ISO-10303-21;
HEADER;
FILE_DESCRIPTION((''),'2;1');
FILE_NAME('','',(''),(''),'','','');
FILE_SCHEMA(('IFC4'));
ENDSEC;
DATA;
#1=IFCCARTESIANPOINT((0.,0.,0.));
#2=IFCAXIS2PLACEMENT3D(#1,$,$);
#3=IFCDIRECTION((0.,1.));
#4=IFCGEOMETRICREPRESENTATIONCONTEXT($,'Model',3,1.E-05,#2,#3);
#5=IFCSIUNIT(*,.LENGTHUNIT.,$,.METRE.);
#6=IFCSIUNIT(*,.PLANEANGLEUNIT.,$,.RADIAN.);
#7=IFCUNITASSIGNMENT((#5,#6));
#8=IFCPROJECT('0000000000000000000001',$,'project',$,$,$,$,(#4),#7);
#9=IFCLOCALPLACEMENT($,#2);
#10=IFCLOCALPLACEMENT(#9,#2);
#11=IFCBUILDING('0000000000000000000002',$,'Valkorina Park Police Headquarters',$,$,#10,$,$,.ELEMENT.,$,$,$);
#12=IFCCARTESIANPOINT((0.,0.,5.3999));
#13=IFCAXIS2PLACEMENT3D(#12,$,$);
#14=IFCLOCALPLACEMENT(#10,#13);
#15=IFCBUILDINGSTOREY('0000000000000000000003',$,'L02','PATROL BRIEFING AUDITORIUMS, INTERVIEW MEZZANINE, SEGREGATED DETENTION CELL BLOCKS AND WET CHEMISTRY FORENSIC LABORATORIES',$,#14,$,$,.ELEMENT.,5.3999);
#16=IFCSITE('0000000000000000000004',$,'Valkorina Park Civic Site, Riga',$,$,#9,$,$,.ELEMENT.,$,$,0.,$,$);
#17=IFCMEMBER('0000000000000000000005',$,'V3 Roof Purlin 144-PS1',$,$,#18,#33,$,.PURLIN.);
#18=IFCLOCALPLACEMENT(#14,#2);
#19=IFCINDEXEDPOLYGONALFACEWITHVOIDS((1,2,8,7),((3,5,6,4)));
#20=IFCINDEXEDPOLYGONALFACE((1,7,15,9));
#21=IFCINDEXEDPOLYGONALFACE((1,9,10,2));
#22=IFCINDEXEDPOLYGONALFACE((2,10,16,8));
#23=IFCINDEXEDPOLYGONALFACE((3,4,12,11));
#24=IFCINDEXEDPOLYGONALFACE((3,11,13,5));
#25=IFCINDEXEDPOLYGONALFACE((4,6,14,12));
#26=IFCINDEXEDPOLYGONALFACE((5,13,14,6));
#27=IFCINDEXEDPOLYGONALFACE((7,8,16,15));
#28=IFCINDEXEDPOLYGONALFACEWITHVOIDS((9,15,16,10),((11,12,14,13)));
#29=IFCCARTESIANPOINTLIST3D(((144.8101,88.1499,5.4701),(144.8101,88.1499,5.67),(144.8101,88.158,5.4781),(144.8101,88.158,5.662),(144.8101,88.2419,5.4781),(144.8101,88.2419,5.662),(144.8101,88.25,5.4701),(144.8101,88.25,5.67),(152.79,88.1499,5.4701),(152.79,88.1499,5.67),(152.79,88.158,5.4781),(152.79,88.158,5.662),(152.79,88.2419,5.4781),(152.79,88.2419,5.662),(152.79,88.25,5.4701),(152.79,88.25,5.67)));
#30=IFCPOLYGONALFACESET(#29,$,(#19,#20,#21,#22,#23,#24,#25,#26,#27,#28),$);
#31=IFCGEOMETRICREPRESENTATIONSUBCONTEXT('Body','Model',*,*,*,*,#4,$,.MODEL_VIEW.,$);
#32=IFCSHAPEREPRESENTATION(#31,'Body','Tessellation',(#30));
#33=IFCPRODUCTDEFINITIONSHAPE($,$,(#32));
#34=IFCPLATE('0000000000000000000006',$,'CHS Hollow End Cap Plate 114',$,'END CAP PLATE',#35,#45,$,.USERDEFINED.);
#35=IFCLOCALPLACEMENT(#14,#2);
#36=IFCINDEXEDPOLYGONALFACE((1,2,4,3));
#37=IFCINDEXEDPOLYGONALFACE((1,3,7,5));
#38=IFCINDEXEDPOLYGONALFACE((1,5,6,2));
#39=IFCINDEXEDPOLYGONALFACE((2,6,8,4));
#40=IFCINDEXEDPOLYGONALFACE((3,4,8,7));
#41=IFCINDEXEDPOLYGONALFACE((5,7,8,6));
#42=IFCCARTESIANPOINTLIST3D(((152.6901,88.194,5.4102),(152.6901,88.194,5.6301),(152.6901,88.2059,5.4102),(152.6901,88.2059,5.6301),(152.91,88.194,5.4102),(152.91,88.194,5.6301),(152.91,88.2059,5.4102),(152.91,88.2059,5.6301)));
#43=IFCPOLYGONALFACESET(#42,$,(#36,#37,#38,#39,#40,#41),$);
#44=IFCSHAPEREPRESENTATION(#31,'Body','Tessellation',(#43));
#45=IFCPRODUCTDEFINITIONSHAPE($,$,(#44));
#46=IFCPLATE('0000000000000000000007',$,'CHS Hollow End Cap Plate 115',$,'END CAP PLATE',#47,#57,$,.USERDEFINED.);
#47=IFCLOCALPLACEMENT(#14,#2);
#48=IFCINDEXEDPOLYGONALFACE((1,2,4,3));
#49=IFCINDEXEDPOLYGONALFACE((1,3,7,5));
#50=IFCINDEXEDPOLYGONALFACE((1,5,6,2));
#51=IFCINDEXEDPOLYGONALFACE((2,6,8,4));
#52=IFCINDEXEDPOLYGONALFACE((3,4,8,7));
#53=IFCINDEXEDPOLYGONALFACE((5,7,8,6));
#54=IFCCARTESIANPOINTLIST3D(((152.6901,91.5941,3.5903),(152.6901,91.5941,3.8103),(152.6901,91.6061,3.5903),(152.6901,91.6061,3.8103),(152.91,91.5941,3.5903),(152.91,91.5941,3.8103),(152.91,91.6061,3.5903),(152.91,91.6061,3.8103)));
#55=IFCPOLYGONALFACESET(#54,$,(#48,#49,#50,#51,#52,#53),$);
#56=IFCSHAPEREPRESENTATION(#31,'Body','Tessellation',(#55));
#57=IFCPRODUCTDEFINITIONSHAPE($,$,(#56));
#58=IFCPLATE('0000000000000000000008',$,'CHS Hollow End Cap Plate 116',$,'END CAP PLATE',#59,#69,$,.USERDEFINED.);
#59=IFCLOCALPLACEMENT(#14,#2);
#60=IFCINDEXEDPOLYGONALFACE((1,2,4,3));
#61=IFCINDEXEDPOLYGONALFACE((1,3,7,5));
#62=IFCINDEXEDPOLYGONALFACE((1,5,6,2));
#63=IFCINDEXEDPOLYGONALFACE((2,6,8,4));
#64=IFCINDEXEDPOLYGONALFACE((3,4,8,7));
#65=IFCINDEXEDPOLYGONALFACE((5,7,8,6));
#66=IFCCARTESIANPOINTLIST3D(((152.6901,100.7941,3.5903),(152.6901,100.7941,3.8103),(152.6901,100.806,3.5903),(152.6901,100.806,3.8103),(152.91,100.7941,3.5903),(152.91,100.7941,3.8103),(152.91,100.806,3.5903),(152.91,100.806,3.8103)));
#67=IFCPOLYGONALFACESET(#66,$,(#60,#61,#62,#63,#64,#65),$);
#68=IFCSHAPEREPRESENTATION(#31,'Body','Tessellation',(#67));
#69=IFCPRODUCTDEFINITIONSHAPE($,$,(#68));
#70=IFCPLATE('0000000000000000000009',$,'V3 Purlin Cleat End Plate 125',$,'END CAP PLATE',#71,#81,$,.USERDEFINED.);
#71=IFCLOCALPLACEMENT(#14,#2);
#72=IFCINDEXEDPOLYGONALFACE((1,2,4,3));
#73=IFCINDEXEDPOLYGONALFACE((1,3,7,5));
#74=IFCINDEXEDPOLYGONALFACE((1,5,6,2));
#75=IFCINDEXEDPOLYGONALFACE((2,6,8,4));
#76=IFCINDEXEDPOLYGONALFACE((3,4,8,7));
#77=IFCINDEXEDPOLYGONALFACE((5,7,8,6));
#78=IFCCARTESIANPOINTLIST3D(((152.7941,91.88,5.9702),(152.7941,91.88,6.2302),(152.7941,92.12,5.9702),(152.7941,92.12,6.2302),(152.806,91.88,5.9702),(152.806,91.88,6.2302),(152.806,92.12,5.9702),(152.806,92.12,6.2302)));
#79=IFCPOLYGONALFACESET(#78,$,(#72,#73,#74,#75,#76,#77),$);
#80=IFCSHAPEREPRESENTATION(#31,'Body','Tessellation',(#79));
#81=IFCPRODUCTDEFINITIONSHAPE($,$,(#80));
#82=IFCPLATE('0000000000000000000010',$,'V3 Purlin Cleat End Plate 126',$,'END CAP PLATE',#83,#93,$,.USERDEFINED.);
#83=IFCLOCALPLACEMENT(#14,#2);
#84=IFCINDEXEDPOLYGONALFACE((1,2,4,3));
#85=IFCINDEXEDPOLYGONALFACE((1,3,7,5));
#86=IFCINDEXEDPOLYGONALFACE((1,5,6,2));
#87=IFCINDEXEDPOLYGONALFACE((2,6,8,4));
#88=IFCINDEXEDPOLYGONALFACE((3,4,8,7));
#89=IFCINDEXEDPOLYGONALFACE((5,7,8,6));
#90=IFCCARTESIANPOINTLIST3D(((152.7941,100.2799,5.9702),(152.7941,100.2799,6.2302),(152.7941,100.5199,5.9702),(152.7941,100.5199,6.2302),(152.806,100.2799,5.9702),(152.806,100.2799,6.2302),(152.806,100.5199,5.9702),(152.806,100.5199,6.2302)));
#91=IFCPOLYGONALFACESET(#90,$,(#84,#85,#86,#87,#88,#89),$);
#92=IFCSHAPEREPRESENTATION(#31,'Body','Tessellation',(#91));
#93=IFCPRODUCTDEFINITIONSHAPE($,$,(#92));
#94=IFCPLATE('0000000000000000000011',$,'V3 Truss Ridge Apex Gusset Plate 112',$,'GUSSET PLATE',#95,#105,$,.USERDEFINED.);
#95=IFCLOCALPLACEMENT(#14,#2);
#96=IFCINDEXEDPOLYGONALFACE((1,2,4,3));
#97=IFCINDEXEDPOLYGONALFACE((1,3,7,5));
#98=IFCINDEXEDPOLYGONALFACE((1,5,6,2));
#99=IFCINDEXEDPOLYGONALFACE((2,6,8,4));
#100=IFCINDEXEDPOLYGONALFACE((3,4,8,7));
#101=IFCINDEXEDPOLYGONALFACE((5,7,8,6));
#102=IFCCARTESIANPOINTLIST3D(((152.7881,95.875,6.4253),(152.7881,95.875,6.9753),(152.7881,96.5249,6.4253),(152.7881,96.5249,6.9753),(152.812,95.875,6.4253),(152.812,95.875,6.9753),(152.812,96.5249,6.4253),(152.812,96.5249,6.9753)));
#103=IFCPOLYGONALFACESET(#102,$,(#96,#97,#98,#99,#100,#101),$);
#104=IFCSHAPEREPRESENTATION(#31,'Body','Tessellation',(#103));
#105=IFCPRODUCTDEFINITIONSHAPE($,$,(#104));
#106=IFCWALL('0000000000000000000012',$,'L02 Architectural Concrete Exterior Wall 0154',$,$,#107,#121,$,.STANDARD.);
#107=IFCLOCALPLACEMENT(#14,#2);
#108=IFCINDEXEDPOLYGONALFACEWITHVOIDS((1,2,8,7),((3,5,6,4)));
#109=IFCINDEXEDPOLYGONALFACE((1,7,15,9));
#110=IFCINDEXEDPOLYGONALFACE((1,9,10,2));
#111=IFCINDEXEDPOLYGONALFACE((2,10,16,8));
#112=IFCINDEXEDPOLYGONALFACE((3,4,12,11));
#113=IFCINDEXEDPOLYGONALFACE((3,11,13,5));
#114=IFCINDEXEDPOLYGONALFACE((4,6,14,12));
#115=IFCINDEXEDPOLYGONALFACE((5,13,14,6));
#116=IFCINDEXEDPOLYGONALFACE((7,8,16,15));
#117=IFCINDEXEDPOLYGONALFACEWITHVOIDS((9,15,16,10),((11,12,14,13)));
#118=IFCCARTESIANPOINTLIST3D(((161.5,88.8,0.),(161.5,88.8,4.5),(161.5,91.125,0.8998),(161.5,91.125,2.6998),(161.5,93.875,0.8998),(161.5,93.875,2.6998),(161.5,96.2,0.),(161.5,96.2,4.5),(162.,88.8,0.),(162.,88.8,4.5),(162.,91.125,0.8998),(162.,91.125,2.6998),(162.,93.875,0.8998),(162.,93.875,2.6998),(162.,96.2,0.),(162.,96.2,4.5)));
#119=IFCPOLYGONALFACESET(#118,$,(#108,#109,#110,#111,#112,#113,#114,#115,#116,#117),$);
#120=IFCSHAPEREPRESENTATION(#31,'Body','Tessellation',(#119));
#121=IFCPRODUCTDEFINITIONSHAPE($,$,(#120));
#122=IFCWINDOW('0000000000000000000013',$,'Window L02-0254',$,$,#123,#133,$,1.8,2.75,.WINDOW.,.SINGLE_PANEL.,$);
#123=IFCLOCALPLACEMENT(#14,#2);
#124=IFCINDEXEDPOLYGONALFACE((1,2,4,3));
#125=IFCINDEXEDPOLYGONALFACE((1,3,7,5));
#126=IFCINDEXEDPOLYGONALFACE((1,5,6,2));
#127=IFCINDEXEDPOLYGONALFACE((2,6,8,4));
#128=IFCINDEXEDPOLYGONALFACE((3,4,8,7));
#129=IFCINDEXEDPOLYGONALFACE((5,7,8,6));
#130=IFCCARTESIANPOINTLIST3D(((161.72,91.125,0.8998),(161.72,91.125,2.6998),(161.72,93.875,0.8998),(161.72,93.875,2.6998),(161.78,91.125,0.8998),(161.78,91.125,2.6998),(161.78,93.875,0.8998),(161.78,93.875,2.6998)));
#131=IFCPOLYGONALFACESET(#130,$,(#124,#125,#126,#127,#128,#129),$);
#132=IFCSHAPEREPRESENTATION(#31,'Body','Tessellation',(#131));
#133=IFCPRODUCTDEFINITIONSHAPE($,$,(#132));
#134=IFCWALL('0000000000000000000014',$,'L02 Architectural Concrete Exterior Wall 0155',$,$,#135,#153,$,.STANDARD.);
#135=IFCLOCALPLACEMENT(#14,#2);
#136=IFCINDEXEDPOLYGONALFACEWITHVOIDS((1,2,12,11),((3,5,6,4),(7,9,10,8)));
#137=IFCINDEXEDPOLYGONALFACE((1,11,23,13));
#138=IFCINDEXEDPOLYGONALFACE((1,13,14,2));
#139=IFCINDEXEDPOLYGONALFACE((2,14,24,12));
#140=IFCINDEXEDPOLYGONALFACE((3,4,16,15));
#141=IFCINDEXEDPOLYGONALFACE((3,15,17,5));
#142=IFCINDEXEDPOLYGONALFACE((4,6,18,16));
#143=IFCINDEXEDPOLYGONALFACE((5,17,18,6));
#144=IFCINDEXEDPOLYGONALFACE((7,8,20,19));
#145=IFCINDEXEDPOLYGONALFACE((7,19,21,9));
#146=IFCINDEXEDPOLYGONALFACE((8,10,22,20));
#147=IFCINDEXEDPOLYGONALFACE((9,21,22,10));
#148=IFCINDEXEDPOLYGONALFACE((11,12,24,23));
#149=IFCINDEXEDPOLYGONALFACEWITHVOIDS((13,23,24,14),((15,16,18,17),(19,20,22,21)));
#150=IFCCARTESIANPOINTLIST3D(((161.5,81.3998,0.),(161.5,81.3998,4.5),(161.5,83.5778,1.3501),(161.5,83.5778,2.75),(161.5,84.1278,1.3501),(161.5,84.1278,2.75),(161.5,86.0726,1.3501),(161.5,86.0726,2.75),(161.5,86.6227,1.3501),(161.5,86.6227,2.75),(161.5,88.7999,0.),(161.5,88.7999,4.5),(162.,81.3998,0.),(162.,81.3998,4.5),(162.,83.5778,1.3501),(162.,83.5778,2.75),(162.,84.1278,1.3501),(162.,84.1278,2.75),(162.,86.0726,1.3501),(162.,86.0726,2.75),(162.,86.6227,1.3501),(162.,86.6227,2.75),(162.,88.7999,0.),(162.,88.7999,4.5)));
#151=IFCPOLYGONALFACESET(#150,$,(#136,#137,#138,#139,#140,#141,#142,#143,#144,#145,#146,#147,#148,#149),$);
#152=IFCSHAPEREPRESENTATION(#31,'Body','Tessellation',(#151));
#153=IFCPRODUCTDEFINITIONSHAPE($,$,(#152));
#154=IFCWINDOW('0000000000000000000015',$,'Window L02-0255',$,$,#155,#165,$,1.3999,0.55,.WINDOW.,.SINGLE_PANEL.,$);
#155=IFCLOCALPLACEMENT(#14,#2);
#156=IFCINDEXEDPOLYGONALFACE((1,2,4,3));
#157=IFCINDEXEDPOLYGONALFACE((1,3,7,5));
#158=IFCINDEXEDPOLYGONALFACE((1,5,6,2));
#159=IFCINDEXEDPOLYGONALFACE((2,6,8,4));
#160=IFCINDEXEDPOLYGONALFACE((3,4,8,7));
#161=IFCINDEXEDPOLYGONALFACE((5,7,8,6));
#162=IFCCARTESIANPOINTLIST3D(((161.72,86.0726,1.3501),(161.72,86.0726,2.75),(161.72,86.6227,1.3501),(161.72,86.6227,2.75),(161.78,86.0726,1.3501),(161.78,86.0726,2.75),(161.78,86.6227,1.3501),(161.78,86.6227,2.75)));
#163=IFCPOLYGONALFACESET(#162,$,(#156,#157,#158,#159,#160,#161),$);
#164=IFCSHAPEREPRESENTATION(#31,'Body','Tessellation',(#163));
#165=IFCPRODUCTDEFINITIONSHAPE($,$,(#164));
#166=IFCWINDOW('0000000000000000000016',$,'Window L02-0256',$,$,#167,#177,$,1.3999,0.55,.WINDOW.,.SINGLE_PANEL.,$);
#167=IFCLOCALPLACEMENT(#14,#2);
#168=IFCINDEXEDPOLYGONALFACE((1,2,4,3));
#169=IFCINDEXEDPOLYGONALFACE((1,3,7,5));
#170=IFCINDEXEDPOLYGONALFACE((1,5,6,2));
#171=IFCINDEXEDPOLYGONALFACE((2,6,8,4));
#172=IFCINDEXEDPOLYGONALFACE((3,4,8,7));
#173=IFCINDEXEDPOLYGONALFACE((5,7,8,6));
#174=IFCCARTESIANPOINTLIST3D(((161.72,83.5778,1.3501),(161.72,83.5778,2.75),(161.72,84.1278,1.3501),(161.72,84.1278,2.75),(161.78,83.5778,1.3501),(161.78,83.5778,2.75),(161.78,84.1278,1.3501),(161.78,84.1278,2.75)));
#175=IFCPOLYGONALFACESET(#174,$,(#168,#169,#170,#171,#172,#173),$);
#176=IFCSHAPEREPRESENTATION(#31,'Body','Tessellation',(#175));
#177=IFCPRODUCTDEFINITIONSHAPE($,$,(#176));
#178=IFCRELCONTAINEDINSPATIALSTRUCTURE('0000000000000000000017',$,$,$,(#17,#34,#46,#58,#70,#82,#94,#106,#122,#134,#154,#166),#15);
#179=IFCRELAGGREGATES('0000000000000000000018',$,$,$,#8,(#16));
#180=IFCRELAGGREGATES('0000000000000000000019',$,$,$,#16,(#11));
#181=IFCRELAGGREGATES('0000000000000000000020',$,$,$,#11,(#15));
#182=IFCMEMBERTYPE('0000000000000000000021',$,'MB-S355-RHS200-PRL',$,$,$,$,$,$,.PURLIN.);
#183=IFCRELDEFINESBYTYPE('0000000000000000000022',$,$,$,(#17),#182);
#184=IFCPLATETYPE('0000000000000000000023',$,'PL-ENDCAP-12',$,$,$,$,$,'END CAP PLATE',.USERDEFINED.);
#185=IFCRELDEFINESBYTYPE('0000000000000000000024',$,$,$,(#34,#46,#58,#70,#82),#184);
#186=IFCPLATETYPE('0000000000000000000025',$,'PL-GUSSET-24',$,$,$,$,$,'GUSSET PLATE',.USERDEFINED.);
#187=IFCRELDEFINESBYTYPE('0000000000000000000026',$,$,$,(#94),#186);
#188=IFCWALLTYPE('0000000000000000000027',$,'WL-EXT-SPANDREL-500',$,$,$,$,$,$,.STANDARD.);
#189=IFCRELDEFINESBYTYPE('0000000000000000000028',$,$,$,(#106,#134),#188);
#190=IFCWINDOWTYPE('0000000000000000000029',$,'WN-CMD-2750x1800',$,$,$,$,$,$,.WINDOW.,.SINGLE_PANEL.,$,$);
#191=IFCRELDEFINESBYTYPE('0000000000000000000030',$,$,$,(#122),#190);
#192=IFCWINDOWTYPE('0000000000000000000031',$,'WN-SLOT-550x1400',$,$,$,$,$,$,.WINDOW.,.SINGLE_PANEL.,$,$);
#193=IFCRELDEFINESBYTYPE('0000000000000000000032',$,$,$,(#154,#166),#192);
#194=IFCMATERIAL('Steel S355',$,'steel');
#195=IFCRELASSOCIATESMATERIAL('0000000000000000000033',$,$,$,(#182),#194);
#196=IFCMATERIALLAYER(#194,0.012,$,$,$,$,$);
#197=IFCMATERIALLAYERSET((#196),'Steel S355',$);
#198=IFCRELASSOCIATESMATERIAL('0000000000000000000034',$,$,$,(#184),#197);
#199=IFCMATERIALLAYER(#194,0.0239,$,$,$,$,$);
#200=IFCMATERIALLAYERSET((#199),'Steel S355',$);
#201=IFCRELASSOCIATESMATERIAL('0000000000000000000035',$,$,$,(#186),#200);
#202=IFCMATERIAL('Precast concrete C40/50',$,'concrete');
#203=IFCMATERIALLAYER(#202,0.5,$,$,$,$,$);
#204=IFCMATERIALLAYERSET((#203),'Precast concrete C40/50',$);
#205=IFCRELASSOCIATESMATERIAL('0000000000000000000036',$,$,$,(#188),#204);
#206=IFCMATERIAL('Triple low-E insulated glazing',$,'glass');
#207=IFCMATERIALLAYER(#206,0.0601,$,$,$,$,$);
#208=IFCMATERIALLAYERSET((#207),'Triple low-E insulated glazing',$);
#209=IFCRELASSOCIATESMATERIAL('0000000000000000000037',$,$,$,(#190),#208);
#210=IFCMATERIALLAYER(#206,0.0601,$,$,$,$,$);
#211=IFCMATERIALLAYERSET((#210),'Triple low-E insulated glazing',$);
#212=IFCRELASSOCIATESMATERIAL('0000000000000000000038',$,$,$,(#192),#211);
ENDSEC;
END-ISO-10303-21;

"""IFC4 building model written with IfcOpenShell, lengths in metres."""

from ifc_helpers import new_model, si_unit, direction, frame, frame_2d, origin, origin_2d, place, context, subcontext, project, spatial, rectangle, hollow_rectangle, extrude, material, layer, layer_set, material_profile, profile_set, type_object, element, fill, save


model = new_model("IFC4")

# Units and contexts
model_context = context("Model", 3, precision=1e-05, world=origin(), true_north=direction((0.0, 1.0)))
body_context = subcontext(model_context, "Body", "Model", "MODEL_VIEW")
ifc_project = project(units=[si_unit("LENGTHUNIT", "METRE"), si_unit("PLANEANGLEUNIT", "RADIAN")], contexts=[model_context])

# Site, building, storey
site_placement = place(None, origin())
site = spatial("IfcSite", under=ifc_project, at=site_placement, Name="Valkorina Park Civic Site, Riga", CompositionType="ELEMENT", RefElevation=0.0)
building_placement = place(site_placement, origin())
building = spatial("IfcBuilding", under=site, at=building_placement, Name="Valkorina Park Police Headquarters", CompositionType="ELEMENT")
storey_placement = place(building_placement, frame((0.0, 0.0, 5.3999)))
storey = spatial("IfcBuildingStorey", under=building, at=storey_placement, Name="L02", Description="PATROL BRIEFING AUDITORIUMS, INTERVIEW MEZZANINE, SEGREGATED DETENTION CELL BLOCKS AND WET CHEMISTRY FORENSIC LABORATORIES", CompositionType="ELEMENT", Elevation=5.3999)

# Member
ifc_material_1 = material(Name="Steel S355", Category="steel")
ifc_material_profile_1 = material_profile(ifc_material_1, hollow_rectangle(XDim=0.1001, YDim=0.2, WallThickness=0.0081, at=origin_2d()), Name="RHS 200x100x8")
ifc_profile_set_1 = profile_set([ifc_material_profile_1], Name="Steel S355")
member_type_1 = type_object("IfcMemberType", Name="MB-S355-RHS200-PRL", PredefinedType="PURLIN", material=ifc_profile_set_1)
member_1_placement = place(storey_placement, frame((144.8101, 88.2, 5.5701), z_axis=(1.0, 0.0, 0.0), x_axis=(0.0, 1.0, 0.0)))
element("IfcMember", 1, at=member_1_placement, inside=storey, type_object=member_type_1, Name="V3 Roof Purlin 144-PS1", PredefinedType="PURLIN", context=body_context, shape_type="SweptSolid", body=[
    extrude(hollow_rectangle(XDim=0.1001, YDim=0.2, WallThickness=0.0081, at=origin_2d()), origin(), (0.0, 0.0, 1.0), 7.98),
])

# Plates
ifc_layer_1 = layer(ifc_material_1, 0.012)
ifc_layer_set_1 = layer_set([ifc_layer_1], Name="Steel S355")
plate_type_1 = type_object("IfcPlateType", Name="PL-ENDCAP-12", ElementType="END CAP PLATE", PredefinedType="USERDEFINED", material=ifc_layer_set_1)
for number, where, z_axis, x_axis, name in (
    (2, (152.8, 88.2, 5.4102), (0.0, 0.0, 1.0), (1.0, 0.0, 0.0), "CHS Hollow End Cap Plate 114"),
    (3, (152.8, 91.6001, 3.5903), (0.0, 0.0, 1.0), (1.0, 0.0, 0.0), "CHS Hollow End Cap Plate 115"),
    (4, (152.8, 100.8, 3.5903), (0.0, 0.0, 1.0), (1.0, 0.0, 0.0), "CHS Hollow End Cap Plate 116"),
):
    element("IfcPlate", number, at=place(storey_placement, frame(where, z_axis=z_axis, x_axis=x_axis)), inside=storey, type_object=plate_type_1, Name=name, ObjectType="END CAP PLATE", PredefinedType="USERDEFINED", context=body_context, shape_type="SweptSolid", body=[
        extrude(rectangle(XDim=0.22, YDim=0.012, at=origin_2d()), origin(), (0.0, 0.0, 1.0), 0.22),
    ])
for number, where, z_axis, x_axis, name in (
    (5, (152.8, 92.0, 5.9702), (0.0, 0.0, 1.0), (1.0, 0.0, 0.0), "V3 Purlin Cleat End Plate 125"),
    (6, (152.8, 100.3999, 5.9702), (0.0, 0.0, 1.0), (1.0, 0.0, 0.0), "V3 Purlin Cleat End Plate 126"),
):
    element("IfcPlate", number, at=place(storey_placement, frame(where, z_axis=z_axis, x_axis=x_axis)), inside=storey, type_object=plate_type_1, Name=name, ObjectType="END CAP PLATE", PredefinedType="USERDEFINED", context=body_context, shape_type="SweptSolid", body=[
        extrude(rectangle(XDim=0.012, YDim=0.24, at=origin_2d()), origin(), (0.0, 0.0, 1.0), 0.26),
    ])
ifc_layer_2 = layer(ifc_material_1, 0.0239)
ifc_layer_set_2 = layer_set([ifc_layer_2], Name="Steel S355")
plate_type_2 = type_object("IfcPlateType", Name="PL-GUSSET-24", ElementType="GUSSET PLATE", PredefinedType="USERDEFINED", material=ifc_layer_set_2)
plate_placement = place(storey_placement, frame((152.8, 96.2, 6.4253), z_axis=(0.0, 0.0, 1.0), x_axis=(1.0, 0.0, 0.0)))
element("IfcPlate", 7, at=plate_placement, inside=storey, type_object=plate_type_2, Name="V3 Truss Ridge Apex Gusset Plate 112", ObjectType="GUSSET PLATE", PredefinedType="USERDEFINED", context=body_context, shape_type="SweptSolid", body=[
    extrude(rectangle(XDim=0.0239, YDim=0.6499, at=origin_2d()), origin(), (0.0, 0.0, 1.0), 0.55),
])

# Wall, opening, window
ifc_material_2 = material(Name="Precast concrete C40/50", Category="concrete")
ifc_layer_3 = layer(ifc_material_2, 0.5)
ifc_layer_set_3 = layer_set([ifc_layer_3], Name="Precast concrete C40/50")
wall_type = type_object("IfcWallType", Name="WL-EXT-SPANDREL-500", PredefinedType="STANDARD", material=ifc_layer_set_3)
wall_1_placement = place(storey_placement, frame((161.75, 96.2, 0.0), z_axis=(0.0, 0.0, 1.0), x_axis=(0.0, -1.0, 0.0)))
wall_1 = element("IfcWall", 8, at=wall_1_placement, inside=storey, type_object=wall_type, Name="L02 Architectural Concrete Exterior Wall 0154", PredefinedType="STANDARD", context=body_context, shape_type="SweptSolid", body=[
    extrude(rectangle(XDim=7.3999, YDim=0.5, at=frame_2d((3.7, 0.0))), origin(), (0.0, 0.0, 1.0), 4.5),
])
opening_1_placement = place(wall_1_placement, frame((2.325, 0.0, 0.8999)))
opening_1 = element("IfcOpeningElement", 9, at=opening_1_placement, cuts=wall_1, PredefinedType="OPENING", context=body_context, shape_type="SweptSolid", body=[
    extrude(rectangle(XDim=2.75, YDim=1.8, at=frame_2d((1.375, 0.8999))), frame((0.0, 0.26, 0.0), z_axis=(0.0, -1.0, 0.0), x_axis=(1.0, 0.0, 0.0)), (0.0, 0.0, 1.0), 0.52),
])
ifc_material_3 = material(Name="Triple low-E insulated glazing", Category="glass")
ifc_layer_4 = layer(ifc_material_3, 0.0601)
ifc_layer_set_4 = layer_set([ifc_layer_4], Name="Triple low-E insulated glazing")
window_type_1 = type_object("IfcWindowType", Name="WN-CMD-2750x1800", PartitioningType="SINGLE_PANEL", PredefinedType="WINDOW", material=ifc_layer_set_4)
window_1_placement = place(opening_1_placement, origin())
window_1 = element("IfcWindow", 10, at=window_1_placement, inside=storey, type_object=window_type_1, Name="Window L02-0254", OverallHeight=1.8, OverallWidth=2.75, PartitioningType="SINGLE_PANEL", PredefinedType="WINDOW", context=body_context, shape_type="SweptSolid", body=[
    extrude(rectangle(XDim=2.75, YDim=1.8, at=frame_2d((1.375, 0.8999))), frame((0.0, 0.03, 0.0), z_axis=(0.0, -1.0, 0.0), x_axis=(1.0, 0.0, 0.0)), (0.0, 0.0, 1.0), 0.0601),
])
fill(opening_1, window_1)

# Wall, openings, windows
wall_2_placement = place(storey_placement, frame((161.75, 88.8, 0.0), z_axis=(0.0, 0.0, 1.0), x_axis=(0.0, -1.0, 0.0)))
wall_2 = element("IfcWall", 11, at=wall_2_placement, inside=storey, type_object=wall_type, Name="L02 Architectural Concrete Exterior Wall 0155", PredefinedType="STANDARD", context=body_context, shape_type="SweptSolid", body=[
    extrude(rectangle(XDim=7.4001, YDim=0.5, at=frame_2d((3.7002, 0.0))), origin(), (0.0, 0.0, 1.0), 4.5),
])
opening_2_placement = place(wall_2_placement, frame((2.1775, 0.0, 1.3501)))
opening_2 = element("IfcOpeningElement", 12, at=opening_2_placement, cuts=wall_2, PredefinedType="OPENING", context=body_context, shape_type="SweptSolid", body=[
    extrude(rectangle(XDim=0.55, YDim=1.3999, at=frame_2d((0.2749, 0.7))), frame((0.0, 0.26, 0.0), z_axis=(0.0, -1.0, 0.0), x_axis=(1.0, 0.0, 0.0)), (0.0, 0.0, 1.0), 0.52),
])
opening_3_placement = place(wall_2_placement, frame((4.6724, 0.0, 1.3501)))
opening_3 = element("IfcOpeningElement", 13, at=opening_3_placement, cuts=wall_2, PredefinedType="OPENING", context=body_context, shape_type="SweptSolid", body=[
    extrude(rectangle(XDim=0.55, YDim=1.3999, at=frame_2d((0.2749, 0.7))), frame((0.0, 0.26, 0.0), z_axis=(0.0, -1.0, 0.0), x_axis=(1.0, 0.0, 0.0)), (0.0, 0.0, 1.0), 0.52),
])
ifc_layer_5 = layer(ifc_material_3, 0.0601)
ifc_layer_set_5 = layer_set([ifc_layer_5], Name="Triple low-E insulated glazing")
window_type_2 = type_object("IfcWindowType", Name="WN-SLOT-550x1400", PartitioningType="SINGLE_PANEL", PredefinedType="WINDOW", material=ifc_layer_set_5)
window_2_placement = place(opening_2_placement, origin())
window_2 = element("IfcWindow", 14, at=window_2_placement, inside=storey, type_object=window_type_2, Name="Window L02-0255", OverallHeight=1.3999, OverallWidth=0.55, PartitioningType="SINGLE_PANEL", PredefinedType="WINDOW", context=body_context, shape_type="SweptSolid", body=[
    extrude(rectangle(XDim=0.55, YDim=1.3999, at=frame_2d((0.2749, 0.7))), frame((0.0, 0.03, 0.0), z_axis=(0.0, -1.0, 0.0), x_axis=(1.0, 0.0, 0.0)), (0.0, 0.0, 1.0), 0.0601),
])
fill(opening_2, window_2)
window_3_placement = place(opening_3_placement, origin())
window_3 = element("IfcWindow", 15, at=window_3_placement, inside=storey, type_object=window_type_2, Name="Window L02-0256", OverallHeight=1.3999, OverallWidth=0.55, PartitioningType="SINGLE_PANEL", PredefinedType="WINDOW", context=body_context, shape_type="SweptSolid", body=[
    extrude(rectangle(XDim=0.55, YDim=1.3999, at=frame_2d((0.2749, 0.7))), frame((0.0, 0.03, 0.0), z_axis=(0.0, -1.0, 0.0), x_axis=(1.0, 0.0, 0.0)), (0.0, 0.0, 1.0), 0.0601),
])
fill(opening_3, window_3)

save(model, "model.ifc")
